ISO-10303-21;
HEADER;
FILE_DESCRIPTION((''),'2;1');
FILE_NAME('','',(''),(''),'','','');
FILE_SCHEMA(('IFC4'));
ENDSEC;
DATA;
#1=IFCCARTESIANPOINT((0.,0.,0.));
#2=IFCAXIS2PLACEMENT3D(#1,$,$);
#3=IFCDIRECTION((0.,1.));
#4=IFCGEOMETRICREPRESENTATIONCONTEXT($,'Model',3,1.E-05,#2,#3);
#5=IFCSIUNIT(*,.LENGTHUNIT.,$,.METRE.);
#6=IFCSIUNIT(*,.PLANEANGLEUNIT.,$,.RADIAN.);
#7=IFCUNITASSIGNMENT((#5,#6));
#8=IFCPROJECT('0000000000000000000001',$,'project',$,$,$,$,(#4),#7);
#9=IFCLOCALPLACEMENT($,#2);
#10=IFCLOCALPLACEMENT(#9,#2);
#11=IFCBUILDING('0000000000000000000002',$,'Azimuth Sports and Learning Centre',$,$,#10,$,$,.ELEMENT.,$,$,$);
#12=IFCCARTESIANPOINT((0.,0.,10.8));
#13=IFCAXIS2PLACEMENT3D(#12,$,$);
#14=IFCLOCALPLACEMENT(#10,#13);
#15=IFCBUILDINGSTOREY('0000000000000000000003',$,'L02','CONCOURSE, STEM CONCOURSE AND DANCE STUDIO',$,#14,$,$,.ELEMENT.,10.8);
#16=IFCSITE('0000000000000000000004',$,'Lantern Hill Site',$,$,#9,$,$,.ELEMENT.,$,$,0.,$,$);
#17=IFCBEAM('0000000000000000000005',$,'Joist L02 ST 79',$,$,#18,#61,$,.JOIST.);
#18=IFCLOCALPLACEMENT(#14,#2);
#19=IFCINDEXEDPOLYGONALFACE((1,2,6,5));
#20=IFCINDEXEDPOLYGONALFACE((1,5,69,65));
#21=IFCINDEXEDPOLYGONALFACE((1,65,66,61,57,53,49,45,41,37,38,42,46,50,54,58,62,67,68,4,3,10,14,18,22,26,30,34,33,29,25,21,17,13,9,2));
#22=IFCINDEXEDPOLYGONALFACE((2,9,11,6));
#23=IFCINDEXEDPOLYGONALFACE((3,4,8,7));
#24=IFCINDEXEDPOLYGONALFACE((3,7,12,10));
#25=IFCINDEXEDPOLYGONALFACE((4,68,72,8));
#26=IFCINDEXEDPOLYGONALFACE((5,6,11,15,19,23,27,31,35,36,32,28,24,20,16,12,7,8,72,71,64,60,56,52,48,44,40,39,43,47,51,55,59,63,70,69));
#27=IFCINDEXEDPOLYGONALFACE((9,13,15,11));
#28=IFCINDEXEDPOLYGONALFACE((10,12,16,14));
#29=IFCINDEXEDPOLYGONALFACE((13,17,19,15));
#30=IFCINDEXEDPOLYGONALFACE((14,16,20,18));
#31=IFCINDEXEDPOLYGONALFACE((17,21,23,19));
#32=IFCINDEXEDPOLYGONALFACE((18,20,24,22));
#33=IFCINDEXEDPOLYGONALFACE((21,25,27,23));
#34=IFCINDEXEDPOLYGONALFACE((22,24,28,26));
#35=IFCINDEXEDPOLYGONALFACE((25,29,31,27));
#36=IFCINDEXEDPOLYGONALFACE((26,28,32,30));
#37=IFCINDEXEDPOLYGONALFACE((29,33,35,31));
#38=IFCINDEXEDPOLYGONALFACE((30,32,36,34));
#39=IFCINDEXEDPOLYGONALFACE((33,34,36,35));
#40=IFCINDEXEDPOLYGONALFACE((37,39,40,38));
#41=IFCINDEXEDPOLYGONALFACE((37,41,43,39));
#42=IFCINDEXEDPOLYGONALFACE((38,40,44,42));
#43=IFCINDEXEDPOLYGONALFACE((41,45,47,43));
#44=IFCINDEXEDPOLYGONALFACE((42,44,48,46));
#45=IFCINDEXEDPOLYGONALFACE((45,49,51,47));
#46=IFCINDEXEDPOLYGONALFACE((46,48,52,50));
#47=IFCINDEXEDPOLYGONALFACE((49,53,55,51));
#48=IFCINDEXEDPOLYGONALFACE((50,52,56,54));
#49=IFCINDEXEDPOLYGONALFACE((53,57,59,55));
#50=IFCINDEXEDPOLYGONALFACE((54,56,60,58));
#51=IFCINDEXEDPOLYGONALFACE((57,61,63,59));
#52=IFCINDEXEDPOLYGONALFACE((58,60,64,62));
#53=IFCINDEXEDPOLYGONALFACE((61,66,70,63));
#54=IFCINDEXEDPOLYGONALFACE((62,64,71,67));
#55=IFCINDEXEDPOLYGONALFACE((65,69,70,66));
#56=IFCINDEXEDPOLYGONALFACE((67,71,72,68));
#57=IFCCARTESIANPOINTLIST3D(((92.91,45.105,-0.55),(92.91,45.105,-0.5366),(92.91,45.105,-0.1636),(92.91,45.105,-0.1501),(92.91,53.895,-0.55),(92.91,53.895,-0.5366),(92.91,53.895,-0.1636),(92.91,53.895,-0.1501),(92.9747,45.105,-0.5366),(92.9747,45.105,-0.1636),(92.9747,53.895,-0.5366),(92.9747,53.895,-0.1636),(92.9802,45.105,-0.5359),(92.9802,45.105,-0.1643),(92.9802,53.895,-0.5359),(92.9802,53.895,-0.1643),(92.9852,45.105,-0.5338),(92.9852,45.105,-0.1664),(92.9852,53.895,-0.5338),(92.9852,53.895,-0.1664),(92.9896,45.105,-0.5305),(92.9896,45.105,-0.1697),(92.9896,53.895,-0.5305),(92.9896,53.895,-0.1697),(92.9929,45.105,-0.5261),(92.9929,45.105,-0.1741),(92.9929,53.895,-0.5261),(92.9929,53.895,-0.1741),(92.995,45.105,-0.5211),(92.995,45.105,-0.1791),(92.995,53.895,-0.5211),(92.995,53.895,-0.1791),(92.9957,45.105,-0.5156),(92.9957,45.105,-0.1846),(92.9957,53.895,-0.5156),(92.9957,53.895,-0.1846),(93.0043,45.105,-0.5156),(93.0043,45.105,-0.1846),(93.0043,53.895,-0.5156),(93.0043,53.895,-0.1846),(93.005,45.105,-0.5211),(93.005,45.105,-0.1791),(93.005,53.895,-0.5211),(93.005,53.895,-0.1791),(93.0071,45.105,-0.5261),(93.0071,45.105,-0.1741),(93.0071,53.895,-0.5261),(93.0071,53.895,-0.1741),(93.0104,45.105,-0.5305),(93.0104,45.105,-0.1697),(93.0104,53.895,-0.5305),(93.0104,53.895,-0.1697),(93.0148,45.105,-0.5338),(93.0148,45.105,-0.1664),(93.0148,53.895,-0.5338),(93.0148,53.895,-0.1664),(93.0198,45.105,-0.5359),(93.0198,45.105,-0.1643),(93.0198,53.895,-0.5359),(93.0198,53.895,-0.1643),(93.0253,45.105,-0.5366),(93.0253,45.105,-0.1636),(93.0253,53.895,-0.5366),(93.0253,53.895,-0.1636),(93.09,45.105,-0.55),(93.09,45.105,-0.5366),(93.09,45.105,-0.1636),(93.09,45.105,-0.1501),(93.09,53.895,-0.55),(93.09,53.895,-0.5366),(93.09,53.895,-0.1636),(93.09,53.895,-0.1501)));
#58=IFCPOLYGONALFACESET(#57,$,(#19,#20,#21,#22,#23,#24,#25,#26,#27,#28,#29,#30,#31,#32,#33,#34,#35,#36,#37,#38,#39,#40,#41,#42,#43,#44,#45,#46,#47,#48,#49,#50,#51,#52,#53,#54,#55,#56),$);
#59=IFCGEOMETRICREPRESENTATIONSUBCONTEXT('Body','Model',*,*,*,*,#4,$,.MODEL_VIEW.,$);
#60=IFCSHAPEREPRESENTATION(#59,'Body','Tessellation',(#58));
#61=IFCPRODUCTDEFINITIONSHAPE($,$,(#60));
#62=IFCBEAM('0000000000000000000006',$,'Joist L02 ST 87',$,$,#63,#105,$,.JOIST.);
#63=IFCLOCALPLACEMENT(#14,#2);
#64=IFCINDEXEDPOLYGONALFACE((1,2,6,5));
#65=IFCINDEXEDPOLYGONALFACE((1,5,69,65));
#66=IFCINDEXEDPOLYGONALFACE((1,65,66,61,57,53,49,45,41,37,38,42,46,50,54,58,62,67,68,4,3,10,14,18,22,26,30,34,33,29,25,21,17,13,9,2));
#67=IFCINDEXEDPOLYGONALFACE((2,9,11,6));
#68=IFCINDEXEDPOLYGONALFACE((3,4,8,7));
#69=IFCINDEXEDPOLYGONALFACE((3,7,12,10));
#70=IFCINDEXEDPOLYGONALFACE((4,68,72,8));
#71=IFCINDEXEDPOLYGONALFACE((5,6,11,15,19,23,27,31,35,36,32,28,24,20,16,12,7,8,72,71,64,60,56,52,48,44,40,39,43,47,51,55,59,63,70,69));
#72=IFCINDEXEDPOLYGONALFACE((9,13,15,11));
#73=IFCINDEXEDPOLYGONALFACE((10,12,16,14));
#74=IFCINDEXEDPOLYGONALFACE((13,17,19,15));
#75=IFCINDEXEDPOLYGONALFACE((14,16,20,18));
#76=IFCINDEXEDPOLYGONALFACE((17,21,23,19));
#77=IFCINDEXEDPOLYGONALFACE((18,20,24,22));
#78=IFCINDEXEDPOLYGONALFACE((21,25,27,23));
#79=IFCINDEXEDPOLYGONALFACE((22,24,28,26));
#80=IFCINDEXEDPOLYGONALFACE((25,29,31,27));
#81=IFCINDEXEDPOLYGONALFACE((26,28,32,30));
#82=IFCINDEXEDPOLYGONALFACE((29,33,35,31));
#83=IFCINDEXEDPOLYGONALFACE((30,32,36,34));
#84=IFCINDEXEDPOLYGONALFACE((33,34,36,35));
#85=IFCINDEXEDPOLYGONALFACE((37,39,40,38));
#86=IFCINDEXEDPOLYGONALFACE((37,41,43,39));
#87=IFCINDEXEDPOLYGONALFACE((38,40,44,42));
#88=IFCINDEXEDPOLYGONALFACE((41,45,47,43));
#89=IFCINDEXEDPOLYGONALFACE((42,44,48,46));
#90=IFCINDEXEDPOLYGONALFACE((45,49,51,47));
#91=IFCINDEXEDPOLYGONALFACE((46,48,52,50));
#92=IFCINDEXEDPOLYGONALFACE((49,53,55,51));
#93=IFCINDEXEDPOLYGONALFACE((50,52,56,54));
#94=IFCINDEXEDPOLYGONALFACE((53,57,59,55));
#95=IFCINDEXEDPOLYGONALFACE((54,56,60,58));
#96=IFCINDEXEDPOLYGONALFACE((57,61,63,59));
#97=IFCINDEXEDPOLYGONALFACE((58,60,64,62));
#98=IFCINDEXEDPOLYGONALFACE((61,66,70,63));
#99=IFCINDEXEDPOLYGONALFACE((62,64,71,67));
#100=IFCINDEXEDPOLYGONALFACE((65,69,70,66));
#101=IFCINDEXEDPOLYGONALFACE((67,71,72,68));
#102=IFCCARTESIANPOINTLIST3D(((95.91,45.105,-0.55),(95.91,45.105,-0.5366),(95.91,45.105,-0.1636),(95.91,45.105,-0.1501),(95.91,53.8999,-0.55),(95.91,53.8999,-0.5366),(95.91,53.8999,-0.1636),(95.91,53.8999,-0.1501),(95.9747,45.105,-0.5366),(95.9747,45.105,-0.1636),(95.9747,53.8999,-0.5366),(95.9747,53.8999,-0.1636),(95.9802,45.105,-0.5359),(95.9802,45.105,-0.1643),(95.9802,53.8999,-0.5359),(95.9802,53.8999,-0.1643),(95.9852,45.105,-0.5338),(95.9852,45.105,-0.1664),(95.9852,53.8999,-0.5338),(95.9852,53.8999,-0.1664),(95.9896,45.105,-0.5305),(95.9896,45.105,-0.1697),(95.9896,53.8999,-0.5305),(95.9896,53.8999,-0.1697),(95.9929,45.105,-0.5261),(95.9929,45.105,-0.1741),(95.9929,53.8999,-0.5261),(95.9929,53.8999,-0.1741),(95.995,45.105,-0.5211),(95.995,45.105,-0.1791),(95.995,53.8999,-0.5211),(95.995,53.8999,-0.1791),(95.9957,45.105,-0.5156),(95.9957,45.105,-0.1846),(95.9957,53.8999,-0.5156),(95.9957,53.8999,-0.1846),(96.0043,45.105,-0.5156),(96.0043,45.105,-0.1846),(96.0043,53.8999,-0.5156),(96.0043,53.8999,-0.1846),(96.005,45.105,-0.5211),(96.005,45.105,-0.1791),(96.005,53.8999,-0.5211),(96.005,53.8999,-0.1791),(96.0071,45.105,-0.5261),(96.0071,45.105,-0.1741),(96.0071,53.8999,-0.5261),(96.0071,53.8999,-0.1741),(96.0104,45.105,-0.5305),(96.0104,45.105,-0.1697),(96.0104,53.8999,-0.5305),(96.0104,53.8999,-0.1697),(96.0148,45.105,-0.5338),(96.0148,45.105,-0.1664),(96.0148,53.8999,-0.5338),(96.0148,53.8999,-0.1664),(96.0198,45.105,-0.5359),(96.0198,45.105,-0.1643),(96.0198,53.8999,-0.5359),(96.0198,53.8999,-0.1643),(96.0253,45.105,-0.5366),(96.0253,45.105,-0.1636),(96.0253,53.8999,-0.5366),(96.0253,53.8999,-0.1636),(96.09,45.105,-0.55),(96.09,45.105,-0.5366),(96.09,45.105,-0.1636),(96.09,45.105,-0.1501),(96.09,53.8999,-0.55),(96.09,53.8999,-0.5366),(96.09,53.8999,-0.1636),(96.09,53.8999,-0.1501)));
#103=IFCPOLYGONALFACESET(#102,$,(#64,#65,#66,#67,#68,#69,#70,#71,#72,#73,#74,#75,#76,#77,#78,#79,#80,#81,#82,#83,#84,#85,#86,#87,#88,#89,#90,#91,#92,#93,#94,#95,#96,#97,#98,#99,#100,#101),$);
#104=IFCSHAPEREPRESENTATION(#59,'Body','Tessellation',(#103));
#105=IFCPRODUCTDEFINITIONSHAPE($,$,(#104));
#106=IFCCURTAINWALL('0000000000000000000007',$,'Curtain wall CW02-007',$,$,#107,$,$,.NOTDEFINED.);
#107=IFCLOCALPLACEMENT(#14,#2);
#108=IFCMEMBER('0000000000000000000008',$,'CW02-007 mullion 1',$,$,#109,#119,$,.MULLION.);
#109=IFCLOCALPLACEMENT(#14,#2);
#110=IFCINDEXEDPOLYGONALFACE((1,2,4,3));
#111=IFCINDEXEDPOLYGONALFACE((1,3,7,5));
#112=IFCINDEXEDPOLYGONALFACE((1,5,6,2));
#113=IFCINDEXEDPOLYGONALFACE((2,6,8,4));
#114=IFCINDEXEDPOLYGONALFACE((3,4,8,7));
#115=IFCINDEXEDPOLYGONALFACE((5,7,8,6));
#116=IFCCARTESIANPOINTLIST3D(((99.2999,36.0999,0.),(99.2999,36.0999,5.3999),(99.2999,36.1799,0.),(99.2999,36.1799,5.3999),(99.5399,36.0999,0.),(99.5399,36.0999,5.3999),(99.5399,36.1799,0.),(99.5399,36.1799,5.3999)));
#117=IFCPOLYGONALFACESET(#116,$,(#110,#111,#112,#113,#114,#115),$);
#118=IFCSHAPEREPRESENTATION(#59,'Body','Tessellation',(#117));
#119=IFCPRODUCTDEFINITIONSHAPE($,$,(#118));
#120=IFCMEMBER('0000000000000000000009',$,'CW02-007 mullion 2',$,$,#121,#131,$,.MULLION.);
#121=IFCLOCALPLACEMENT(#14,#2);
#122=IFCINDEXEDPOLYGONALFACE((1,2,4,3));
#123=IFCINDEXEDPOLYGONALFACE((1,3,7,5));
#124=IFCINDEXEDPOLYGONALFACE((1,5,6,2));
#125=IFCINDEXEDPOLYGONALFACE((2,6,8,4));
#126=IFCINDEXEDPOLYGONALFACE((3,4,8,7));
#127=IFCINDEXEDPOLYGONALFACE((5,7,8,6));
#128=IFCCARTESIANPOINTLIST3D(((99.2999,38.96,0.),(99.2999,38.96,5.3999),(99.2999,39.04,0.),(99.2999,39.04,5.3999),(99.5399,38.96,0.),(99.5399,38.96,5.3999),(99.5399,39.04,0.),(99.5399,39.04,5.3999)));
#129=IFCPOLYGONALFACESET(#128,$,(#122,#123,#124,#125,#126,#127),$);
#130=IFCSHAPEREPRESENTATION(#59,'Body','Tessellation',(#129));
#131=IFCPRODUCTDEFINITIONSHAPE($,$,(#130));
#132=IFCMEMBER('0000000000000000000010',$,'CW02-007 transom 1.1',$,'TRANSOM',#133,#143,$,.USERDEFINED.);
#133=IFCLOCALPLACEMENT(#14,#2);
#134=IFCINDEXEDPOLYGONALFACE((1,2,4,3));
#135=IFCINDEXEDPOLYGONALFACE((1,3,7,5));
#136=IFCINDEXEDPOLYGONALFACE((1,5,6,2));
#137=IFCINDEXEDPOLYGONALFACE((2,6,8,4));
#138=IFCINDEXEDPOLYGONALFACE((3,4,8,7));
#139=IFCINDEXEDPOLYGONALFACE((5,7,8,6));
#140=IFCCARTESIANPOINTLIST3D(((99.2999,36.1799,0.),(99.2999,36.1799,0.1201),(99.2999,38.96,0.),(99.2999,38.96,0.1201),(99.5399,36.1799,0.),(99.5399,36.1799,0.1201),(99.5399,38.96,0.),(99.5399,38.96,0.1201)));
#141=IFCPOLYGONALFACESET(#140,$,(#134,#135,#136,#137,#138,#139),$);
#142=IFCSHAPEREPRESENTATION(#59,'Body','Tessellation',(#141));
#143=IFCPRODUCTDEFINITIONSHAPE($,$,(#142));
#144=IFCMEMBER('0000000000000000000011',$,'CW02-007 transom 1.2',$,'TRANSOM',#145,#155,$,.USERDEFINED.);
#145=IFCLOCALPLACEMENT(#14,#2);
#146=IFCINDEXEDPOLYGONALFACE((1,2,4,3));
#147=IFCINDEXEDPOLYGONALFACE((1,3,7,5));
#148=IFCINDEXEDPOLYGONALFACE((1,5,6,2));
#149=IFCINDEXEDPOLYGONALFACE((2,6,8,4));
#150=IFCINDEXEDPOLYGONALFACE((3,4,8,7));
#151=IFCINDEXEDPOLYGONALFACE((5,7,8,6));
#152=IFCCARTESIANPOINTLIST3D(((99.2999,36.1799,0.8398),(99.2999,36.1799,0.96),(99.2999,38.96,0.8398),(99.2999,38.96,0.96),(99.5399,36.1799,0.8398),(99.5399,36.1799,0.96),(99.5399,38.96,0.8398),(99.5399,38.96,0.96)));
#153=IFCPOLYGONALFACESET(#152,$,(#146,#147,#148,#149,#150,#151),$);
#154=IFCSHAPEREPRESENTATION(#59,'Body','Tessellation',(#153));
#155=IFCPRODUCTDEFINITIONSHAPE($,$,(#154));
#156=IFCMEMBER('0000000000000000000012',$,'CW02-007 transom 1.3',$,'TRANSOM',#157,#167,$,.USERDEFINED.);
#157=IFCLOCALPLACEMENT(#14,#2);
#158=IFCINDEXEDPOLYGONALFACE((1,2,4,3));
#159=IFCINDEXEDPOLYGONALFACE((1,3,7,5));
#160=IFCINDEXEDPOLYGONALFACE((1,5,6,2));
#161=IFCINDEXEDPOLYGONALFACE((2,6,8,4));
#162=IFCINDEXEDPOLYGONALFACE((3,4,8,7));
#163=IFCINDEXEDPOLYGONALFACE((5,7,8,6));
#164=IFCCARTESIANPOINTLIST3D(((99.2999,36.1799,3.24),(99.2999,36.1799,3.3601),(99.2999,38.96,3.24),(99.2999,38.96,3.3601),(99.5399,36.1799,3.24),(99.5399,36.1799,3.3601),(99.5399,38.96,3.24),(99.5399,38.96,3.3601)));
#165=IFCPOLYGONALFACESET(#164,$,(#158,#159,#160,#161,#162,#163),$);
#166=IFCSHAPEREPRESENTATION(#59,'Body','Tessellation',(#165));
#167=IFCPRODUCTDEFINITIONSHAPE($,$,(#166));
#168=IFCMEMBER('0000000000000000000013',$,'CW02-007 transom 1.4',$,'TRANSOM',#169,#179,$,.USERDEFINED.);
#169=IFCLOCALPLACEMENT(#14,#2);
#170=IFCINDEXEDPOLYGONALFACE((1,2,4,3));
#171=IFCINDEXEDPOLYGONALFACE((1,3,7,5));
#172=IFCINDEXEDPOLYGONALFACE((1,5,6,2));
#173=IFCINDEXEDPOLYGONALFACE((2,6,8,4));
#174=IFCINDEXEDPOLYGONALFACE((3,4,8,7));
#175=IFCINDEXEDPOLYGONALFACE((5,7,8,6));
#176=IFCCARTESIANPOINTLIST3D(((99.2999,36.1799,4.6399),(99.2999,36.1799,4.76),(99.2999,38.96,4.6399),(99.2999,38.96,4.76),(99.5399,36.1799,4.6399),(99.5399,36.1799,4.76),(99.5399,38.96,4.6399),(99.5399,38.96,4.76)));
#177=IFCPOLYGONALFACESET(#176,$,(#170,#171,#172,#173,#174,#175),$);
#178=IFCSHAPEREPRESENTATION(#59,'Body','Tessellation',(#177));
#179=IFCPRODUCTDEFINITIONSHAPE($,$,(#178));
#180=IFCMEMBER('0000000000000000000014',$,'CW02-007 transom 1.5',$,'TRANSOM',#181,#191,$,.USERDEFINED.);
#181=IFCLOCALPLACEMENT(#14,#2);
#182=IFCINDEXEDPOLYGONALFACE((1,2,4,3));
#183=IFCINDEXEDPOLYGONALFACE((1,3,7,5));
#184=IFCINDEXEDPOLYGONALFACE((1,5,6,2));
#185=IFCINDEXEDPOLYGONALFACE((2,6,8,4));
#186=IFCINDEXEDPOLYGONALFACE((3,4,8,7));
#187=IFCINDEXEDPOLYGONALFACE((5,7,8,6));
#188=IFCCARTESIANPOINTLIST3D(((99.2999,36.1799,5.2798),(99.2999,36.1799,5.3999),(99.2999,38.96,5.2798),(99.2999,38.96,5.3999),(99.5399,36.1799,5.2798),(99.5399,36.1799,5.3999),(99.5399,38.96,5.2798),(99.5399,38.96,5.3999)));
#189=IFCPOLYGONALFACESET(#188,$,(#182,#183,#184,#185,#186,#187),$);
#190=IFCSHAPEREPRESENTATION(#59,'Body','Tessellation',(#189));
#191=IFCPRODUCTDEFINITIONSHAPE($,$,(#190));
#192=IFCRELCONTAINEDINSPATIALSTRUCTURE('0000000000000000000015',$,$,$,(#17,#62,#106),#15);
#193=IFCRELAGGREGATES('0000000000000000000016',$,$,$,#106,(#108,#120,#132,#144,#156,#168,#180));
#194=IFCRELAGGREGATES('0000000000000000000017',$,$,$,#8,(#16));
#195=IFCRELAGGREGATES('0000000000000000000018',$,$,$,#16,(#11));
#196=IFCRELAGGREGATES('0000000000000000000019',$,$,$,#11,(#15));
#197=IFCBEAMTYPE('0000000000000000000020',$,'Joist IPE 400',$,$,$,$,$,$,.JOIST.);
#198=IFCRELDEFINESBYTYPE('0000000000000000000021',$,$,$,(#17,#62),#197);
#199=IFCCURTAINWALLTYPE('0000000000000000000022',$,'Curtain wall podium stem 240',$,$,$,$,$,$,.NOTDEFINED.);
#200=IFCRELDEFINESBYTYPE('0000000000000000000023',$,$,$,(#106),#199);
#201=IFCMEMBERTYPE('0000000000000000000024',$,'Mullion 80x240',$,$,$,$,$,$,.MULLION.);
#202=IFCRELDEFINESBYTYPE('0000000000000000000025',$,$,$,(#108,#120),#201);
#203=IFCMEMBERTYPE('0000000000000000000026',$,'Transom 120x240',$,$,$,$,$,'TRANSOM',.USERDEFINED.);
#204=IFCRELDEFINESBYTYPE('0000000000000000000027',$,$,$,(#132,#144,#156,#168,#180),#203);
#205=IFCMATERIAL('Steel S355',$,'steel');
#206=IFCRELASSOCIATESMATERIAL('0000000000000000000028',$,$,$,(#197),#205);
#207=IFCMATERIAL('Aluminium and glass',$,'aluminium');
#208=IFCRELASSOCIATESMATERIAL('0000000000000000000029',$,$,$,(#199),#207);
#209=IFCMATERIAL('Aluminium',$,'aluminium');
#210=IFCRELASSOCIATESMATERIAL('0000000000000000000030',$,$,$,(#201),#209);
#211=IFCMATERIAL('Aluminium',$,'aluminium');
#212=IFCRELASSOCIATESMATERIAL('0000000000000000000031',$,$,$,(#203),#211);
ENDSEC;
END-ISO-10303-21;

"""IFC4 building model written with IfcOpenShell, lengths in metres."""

from ifc_helpers import new_model, si_unit, direction, frame, origin, origin_2d, place, context, subcontext, project, spatial, rectangle, i_section, extrude, material, material_profile, profile_set, type_object, element, aggregate, save


model = new_model("IFC4")

# Units and contexts
model_context = context("Model", 3, precision=1e-05, world=origin(), true_north=direction((0.0, 1.0)))
body_context = subcontext(model_context, "Body", "Model", "MODEL_VIEW")
ifc_project = project(units=[si_unit("LENGTHUNIT", "METRE"), si_unit("PLANEANGLEUNIT", "RADIAN")], contexts=[model_context])

# Site, building, storey
site_placement = place(None, origin())
site = spatial("IfcSite", under=ifc_project, at=site_placement, Name="Lantern Hill Site", CompositionType="ELEMENT", RefElevation=0.0)
building_placement = place(site_placement, origin())
building = spatial("IfcBuilding", under=site, at=building_placement, Name="Azimuth Sports and Learning Centre", CompositionType="ELEMENT")
storey_placement = place(building_placement, frame((0.0, 0.0, 10.8)))
storey = spatial("IfcBuildingStorey", under=building, at=storey_placement, Name="L02", Description="CONCOURSE, STEM CONCOURSE AND DANCE STUDIO", CompositionType="ELEMENT", Elevation=10.8)

# Beams
ifc_material_1 = material(Name="Steel S355", Category="steel")
ifc_material_profile_1 = material_profile(ifc_material_1, i_section(OverallWidth=0.1799, OverallDepth=0.3999, WebThickness=0.0085, FlangeThickness=0.0134, FilletRadius=0.021, at=origin_2d()), Name="IPE 400")
ifc_profile_set_1 = profile_set([ifc_material_profile_1], Name="Steel S355")
beam_type_1 = type_object("IfcBeamType", Name="Joist IPE 400", PredefinedType="JOIST", material=ifc_profile_set_1)
beam_1_placement = place(storey_placement, frame((93.0, 45.105, -0.3501), z_axis=(0.0, 1.0, 0.0), x_axis=(-1.0, 0.0, 0.0)))
element("IfcBeam", 1, at=beam_1_placement, inside=storey, type_object=beam_type_1, Name="Joist L02 ST 79", PredefinedType="JOIST", context=body_context, shape_type="SweptSolid", body=[
    extrude(i_section(OverallWidth=0.1799, OverallDepth=0.3999, WebThickness=0.0085, FlangeThickness=0.0134, FilletRadius=0.021, at=origin_2d()), origin(), (0.0, 0.0, 1.0), 8.79),
])
beam_2_placement = place(storey_placement, frame((96.0, 45.105, -0.3501), z_axis=(0.0, 1.0, 0.0), x_axis=(-1.0, 0.0, 0.0)))
element("IfcBeam", 2, at=beam_2_placement, inside=storey, type_object=beam_type_1, Name="Joist L02 ST 87", PredefinedType="JOIST", context=body_context, shape_type="SweptSolid", body=[
    extrude(i_section(OverallWidth=0.1799, OverallDepth=0.3999, WebThickness=0.0085, FlangeThickness=0.0134, FilletRadius=0.021, at=origin_2d()), origin(), (0.0, 0.0, 1.0), 8.7949),
])

# Curtain wall, members
ifc_material_2 = material(Name="Aluminium and glass", Category="aluminium")
curtain_wall_type = type_object("IfcCurtainWallType", Name="Curtain wall podium stem 240", PredefinedType="NOTDEFINED", material=ifc_material_2)
curtain_wall_placement = place(storey_placement, origin())
curtain_wall = element("IfcCurtainWall", 3, at=curtain_wall_placement, inside=storey, type_object=curtain_wall_type, Name="Curtain wall CW02-007", PredefinedType="NOTDEFINED")
ifc_material_3 = material(Name="Aluminium", Category="aluminium")
ifc_material_profile_2 = material_profile(ifc_material_3, rectangle(XDim=0.24, YDim=0.0801, at=origin_2d()), Name="Mullion 80x240")
ifc_profile_set_2 = profile_set([ifc_material_profile_2], Name="Aluminium")
member_type_1 = type_object("IfcMemberType", Name="Mullion 80x240", PredefinedType="MULLION", material=ifc_profile_set_2)
member_1_placement = place(storey_placement, frame((99.4199, 36.1399, 0.0), z_axis=(0.0, 0.0, 1.0), x_axis=(-1.0, 0.0, 0.0)))
member_1 = element("IfcMember", 4, at=member_1_placement, type_object=member_type_1, Name="CW02-007 mullion 1", PredefinedType="MULLION", context=body_context, shape_type="SweptSolid", body=[
    extrude(rectangle(XDim=0.24, YDim=0.0801, at=origin_2d()), origin(), (0.0, 0.0, 1.0), 5.3999),
])
member_2_placement = place(storey_placement, frame((99.4199, 39.0, 0.0), z_axis=(0.0, 0.0, 1.0), x_axis=(-1.0, 0.0, 0.0)))
member_2 = element("IfcMember", 5, at=member_2_placement, type_object=member_type_1, Name="CW02-007 mullion 2", PredefinedType="MULLION", context=body_context, shape_type="SweptSolid", body=[
    extrude(rectangle(XDim=0.24, YDim=0.0801, at=origin_2d()), origin(), (0.0, 0.0, 1.0), 5.3999),
])
ifc_material_4 = material(Name="Aluminium", Category="aluminium")
ifc_material_profile_3 = material_profile(ifc_material_4, rectangle(XDim=0.24, YDim=0.1201, at=origin_2d()), Name="Transom 120x240")
ifc_profile_set_3 = profile_set([ifc_material_profile_3], Name="Aluminium")
member_type_2 = type_object("IfcMemberType", Name="Transom 120x240", ElementType="TRANSOM", PredefinedType="USERDEFINED", material=ifc_profile_set_3)
member_3_placement = place(storey_placement, frame((99.4199, 36.1799, 0.0601), z_axis=(0.0, 1.0, 0.0), x_axis=(-1.0, 0.0, 0.0)))
member_3 = element("IfcMember", 6, at=member_3_placement, type_object=member_type_2, Name="CW02-007 transom 1.1", ObjectType="TRANSOM", PredefinedType="USERDEFINED", context=body_context, shape_type="SweptSolid", body=[
    extrude(rectangle(XDim=0.24, YDim=0.1201, at=origin_2d()), origin(), (0.0, 0.0, 1.0), 2.78),
])
member_4_placement = place(storey_placement, frame((99.4199, 36.1799, 0.8999), z_axis=(0.0, 1.0, 0.0), x_axis=(-1.0, 0.0, 0.0)))
member_4 = element("IfcMember", 7, at=member_4_placement, type_object=member_type_2, Name="CW02-007 transom 1.2", ObjectType="TRANSOM", PredefinedType="USERDEFINED", context=body_context, shape_type="SweptSolid", body=[
    extrude(rectangle(XDim=0.24, YDim=0.1201, at=origin_2d()), origin(), (0.0, 0.0, 1.0), 2.78),
])
member_5_placement = place(storey_placement, frame((99.4199, 36.1799, 3.3), z_axis=(0.0, 1.0, 0.0), x_axis=(-1.0, 0.0, 0.0)))
member_5 = element("IfcMember", 8, at=member_5_placement, type_object=member_type_2, Name="CW02-007 transom 1.3", ObjectType="TRANSOM", PredefinedType="USERDEFINED", context=body_context, shape_type="SweptSolid", body=[
    extrude(rectangle(XDim=0.24, YDim=0.1201, at=origin_2d()), origin(), (0.0, 0.0, 1.0), 2.78),
])
member_6_placement = place(storey_placement, frame((99.4199, 36.1799, 4.7), z_axis=(0.0, 1.0, 0.0), x_axis=(-1.0, 0.0, 0.0)))
member_6 = element("IfcMember", 9, at=member_6_placement, type_object=member_type_2, Name="CW02-007 transom 1.4", ObjectType="TRANSOM", PredefinedType="USERDEFINED", context=body_context, shape_type="SweptSolid", body=[
    extrude(rectangle(XDim=0.24, YDim=0.1201, at=origin_2d()), origin(), (0.0, 0.0, 1.0), 2.78),
])
member_7_placement = place(storey_placement, frame((99.4199, 36.1799, 5.3398), z_axis=(0.0, 1.0, 0.0), x_axis=(-1.0, 0.0, 0.0)))
member_7 = element("IfcMember", 10, at=member_7_placement, type_object=member_type_2, Name="CW02-007 transom 1.5", ObjectType="TRANSOM", PredefinedType="USERDEFINED", context=body_context, shape_type="SweptSolid", body=[
    extrude(rectangle(XDim=0.24, YDim=0.1201, at=origin_2d()), origin(), (0.0, 0.0, 1.0), 2.78),
])
aggregate(curtain_wall, [member_1, member_2, member_3, member_4, member_5, member_6, member_7])

save(model, "model.ifc")
